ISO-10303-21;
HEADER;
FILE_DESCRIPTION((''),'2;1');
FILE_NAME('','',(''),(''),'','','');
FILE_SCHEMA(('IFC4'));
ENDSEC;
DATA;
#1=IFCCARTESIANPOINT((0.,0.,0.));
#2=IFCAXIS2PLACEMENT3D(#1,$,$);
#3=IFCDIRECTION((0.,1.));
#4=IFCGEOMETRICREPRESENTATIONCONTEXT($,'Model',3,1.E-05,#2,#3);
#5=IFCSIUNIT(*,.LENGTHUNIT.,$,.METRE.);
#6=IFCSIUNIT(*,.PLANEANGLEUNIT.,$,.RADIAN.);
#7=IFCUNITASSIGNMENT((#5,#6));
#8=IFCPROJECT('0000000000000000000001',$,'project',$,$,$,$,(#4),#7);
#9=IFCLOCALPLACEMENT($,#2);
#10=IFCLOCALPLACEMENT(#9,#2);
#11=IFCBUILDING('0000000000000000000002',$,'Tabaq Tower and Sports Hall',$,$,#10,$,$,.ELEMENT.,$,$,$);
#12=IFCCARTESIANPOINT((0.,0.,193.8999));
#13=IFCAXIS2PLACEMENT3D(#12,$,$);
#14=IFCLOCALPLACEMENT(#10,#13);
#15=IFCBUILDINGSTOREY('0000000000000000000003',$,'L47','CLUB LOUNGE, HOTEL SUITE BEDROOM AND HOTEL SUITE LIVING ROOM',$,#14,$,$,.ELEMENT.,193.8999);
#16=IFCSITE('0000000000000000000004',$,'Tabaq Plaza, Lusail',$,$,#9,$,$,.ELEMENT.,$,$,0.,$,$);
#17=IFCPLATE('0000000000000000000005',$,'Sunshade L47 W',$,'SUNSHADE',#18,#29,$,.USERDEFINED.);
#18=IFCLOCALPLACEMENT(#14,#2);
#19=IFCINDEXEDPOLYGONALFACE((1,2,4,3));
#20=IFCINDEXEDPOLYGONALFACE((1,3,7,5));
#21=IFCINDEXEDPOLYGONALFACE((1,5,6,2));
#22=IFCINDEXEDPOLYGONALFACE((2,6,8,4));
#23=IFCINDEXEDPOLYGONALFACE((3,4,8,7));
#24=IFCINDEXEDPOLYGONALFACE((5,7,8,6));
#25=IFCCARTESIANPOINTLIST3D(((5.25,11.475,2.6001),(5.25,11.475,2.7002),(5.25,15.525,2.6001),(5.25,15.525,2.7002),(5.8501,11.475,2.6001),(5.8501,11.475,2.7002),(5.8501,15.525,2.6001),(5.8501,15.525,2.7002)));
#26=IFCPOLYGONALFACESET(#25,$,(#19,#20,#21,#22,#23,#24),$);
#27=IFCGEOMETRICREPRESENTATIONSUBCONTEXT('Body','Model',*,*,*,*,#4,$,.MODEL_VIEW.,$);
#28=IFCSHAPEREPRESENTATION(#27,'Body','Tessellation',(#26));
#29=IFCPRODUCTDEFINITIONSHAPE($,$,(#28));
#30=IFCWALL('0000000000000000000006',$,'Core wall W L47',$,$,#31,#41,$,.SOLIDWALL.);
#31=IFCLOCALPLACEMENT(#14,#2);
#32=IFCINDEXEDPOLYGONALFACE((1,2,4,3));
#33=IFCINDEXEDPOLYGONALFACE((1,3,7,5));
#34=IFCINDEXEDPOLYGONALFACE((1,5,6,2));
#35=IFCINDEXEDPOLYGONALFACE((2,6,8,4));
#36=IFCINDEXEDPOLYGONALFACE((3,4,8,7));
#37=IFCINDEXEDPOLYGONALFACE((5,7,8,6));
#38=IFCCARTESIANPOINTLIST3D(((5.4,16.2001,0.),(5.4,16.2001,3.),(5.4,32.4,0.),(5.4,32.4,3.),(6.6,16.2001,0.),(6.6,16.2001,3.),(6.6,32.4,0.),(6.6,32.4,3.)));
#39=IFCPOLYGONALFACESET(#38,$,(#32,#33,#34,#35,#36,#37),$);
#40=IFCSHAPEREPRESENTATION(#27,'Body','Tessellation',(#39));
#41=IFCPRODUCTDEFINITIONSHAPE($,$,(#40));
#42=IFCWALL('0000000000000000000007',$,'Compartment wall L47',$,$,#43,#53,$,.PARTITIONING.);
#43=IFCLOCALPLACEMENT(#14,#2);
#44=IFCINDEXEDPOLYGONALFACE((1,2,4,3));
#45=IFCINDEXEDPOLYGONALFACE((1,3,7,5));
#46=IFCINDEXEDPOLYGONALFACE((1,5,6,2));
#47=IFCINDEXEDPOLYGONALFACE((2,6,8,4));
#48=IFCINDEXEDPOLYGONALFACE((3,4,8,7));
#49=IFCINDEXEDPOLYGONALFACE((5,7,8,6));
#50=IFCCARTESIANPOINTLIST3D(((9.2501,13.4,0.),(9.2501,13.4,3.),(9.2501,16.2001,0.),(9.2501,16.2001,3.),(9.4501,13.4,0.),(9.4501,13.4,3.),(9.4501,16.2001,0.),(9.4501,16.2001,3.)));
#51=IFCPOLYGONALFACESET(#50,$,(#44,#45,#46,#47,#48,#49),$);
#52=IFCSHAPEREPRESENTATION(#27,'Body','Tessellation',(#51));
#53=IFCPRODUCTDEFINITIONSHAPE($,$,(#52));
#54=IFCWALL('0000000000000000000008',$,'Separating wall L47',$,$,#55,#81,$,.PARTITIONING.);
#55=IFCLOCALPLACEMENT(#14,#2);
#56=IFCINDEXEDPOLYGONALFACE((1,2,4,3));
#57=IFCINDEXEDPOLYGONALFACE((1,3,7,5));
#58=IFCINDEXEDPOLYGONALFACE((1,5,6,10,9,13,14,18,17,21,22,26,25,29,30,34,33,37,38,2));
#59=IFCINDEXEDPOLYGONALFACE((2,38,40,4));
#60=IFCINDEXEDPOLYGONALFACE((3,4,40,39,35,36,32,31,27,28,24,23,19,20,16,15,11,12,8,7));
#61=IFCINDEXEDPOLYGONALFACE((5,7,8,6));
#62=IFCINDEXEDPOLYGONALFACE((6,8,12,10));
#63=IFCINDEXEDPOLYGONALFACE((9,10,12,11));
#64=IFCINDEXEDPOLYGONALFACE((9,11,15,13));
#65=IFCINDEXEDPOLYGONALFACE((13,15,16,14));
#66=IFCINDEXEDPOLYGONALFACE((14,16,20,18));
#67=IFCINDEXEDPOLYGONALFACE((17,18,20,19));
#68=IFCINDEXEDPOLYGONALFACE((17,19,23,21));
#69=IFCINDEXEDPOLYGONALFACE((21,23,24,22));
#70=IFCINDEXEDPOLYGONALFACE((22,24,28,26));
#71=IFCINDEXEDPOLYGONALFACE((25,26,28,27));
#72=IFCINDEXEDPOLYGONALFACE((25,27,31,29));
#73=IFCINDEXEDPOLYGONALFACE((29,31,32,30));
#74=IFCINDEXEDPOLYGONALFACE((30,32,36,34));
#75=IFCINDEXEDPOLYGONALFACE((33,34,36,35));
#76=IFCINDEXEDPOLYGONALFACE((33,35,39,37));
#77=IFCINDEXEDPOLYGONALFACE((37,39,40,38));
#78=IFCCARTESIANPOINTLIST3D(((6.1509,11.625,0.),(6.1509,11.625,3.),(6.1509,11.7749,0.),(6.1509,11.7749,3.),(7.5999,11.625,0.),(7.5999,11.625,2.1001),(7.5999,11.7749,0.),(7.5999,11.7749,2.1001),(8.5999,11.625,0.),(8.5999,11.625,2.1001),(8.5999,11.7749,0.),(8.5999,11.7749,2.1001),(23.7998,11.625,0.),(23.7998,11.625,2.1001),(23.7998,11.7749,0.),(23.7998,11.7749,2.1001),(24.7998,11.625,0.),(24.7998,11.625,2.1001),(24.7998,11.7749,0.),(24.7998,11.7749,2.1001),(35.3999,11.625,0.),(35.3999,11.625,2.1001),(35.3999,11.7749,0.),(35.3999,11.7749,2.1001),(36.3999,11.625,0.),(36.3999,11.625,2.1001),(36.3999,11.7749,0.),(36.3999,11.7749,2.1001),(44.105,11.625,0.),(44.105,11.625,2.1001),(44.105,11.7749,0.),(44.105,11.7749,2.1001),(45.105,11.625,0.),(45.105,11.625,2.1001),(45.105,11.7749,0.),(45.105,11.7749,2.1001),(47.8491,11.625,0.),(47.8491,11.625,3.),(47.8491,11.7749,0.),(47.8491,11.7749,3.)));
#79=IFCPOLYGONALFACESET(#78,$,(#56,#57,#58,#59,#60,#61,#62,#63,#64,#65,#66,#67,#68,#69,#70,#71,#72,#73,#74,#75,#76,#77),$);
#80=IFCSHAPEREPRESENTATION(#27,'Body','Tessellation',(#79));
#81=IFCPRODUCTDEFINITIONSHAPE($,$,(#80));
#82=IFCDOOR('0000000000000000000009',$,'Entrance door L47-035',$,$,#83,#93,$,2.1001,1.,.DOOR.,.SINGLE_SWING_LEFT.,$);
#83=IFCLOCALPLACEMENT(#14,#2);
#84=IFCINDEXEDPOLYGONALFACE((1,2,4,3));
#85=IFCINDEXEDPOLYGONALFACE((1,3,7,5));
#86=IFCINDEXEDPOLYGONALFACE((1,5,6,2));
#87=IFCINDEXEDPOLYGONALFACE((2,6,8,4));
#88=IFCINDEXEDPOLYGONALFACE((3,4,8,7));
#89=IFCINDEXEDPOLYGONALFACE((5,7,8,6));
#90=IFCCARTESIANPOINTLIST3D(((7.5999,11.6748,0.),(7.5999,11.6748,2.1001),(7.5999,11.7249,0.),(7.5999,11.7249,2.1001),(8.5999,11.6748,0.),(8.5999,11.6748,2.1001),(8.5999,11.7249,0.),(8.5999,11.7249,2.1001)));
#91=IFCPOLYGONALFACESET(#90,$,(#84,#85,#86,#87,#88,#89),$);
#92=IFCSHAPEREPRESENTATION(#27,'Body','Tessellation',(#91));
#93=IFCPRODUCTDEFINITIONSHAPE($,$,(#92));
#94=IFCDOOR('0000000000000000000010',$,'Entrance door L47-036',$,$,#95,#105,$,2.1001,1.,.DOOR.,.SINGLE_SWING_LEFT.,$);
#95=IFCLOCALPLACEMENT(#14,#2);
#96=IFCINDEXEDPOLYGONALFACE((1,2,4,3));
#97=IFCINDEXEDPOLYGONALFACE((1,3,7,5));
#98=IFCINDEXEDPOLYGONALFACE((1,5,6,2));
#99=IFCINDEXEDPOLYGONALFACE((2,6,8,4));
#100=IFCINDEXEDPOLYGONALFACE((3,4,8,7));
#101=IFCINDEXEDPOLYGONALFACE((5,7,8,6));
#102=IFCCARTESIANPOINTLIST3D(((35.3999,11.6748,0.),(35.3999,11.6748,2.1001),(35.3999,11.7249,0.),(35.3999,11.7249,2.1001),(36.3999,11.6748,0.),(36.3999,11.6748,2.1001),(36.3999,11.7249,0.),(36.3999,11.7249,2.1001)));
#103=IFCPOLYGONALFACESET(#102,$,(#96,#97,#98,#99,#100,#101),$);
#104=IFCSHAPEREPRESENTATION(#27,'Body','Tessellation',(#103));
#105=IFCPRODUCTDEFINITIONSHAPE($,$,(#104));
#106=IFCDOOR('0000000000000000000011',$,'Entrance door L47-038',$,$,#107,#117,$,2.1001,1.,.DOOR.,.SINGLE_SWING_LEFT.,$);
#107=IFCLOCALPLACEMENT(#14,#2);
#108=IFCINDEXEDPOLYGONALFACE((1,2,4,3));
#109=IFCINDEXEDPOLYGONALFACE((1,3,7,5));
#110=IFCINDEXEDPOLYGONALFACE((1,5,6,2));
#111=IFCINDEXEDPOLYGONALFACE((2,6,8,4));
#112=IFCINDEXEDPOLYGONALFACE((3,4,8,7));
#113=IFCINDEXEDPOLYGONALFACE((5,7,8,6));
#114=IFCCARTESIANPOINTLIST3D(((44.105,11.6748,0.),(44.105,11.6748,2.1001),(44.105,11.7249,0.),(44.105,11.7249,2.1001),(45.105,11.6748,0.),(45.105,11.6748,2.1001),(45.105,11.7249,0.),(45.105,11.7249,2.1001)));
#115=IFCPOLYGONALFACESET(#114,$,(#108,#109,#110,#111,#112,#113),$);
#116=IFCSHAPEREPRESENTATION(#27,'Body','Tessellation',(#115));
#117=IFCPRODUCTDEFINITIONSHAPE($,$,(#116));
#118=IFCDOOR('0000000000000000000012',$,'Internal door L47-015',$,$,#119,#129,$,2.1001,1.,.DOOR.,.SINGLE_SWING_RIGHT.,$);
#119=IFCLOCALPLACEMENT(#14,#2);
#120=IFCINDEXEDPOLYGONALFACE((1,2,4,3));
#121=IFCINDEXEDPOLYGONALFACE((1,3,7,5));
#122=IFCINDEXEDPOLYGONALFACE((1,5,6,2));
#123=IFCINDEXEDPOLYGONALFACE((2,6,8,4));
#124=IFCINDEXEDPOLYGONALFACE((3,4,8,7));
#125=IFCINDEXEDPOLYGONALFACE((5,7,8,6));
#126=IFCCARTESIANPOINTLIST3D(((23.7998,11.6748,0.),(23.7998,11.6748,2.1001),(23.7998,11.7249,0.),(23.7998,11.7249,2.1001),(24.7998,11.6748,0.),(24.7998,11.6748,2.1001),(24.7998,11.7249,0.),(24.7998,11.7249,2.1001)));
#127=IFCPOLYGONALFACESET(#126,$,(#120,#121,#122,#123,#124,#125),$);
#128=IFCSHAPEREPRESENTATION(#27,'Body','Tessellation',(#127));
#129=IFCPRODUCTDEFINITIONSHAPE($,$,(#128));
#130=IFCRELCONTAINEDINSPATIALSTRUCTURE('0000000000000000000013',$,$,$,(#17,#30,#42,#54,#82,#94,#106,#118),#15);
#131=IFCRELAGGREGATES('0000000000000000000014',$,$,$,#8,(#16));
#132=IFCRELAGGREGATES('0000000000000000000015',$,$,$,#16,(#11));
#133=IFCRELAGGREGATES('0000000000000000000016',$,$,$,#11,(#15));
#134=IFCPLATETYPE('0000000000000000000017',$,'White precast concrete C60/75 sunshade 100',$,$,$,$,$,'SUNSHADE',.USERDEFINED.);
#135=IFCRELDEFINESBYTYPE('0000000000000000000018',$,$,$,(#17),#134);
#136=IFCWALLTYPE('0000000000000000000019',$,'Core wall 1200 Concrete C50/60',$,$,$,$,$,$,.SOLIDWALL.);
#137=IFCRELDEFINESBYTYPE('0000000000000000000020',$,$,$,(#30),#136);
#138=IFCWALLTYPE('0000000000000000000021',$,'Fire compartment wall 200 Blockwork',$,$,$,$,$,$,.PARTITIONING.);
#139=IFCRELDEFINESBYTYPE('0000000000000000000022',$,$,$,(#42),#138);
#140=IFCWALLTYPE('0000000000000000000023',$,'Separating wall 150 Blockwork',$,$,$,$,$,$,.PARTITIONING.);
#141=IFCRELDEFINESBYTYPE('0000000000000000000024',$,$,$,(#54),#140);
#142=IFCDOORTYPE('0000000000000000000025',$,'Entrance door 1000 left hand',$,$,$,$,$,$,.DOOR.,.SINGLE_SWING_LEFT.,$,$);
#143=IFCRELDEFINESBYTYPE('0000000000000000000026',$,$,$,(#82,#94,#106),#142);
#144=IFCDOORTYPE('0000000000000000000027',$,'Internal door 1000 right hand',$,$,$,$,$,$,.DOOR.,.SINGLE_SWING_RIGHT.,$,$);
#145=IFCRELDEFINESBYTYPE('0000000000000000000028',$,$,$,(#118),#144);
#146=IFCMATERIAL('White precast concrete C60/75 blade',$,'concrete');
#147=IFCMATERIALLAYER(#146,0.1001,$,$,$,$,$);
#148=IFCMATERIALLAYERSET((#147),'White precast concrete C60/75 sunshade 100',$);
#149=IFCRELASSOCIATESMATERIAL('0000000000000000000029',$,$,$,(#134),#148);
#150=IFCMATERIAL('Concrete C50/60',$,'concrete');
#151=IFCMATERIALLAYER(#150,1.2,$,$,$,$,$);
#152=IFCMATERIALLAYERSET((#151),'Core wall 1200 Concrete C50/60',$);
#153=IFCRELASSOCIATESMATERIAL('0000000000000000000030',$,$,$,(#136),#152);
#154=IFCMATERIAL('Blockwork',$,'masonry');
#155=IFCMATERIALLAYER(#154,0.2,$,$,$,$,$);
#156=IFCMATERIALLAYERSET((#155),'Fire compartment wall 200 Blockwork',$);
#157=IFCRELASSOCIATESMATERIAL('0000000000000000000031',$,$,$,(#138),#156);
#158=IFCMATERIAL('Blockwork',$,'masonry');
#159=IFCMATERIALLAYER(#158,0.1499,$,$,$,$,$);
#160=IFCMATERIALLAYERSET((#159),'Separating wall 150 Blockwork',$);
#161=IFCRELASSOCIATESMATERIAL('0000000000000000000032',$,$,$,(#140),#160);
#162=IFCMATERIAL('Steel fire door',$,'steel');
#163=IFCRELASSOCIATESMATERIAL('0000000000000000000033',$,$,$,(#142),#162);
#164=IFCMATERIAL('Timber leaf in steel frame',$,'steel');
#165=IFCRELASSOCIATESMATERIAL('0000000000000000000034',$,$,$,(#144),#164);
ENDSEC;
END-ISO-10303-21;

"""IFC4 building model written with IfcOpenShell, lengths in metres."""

from ifc_helpers import new_model, si_unit, direction, frame, frame_2d, origin, origin_2d, place, context, subcontext, project, spatial, rectangle, extrude, material, layer, layer_set, type_object, element, fill, save


model = new_model("IFC4")

# Units and contexts
model_context = context("Model", 3, precision=1e-05, world=origin(), true_north=direction((0.0, 1.0)))
body_context = subcontext(model_context, "Body", "Model", "MODEL_VIEW")
ifc_project = project(units=[si_unit("LENGTHUNIT", "METRE"), si_unit("PLANEANGLEUNIT", "RADIAN")], contexts=[model_context])

# Site, building, storey
site_placement = place(None, origin())
site = spatial("IfcSite", under=ifc_project, at=site_placement, Name="Tabaq Plaza, Lusail", CompositionType="ELEMENT", RefElevation=0.0)
building_placement = place(site_placement, origin())
building = spatial("IfcBuilding", under=site, at=building_placement, Name="Tabaq Tower and Sports Hall", CompositionType="ELEMENT")
storey_placement = place(building_placement, frame((0.0, 0.0, 193.8999)))
storey = spatial("IfcBuildingStorey", under=building, at=storey_placement, Name="L47", Description="CLUB LOUNGE, HOTEL SUITE BEDROOM AND HOTEL SUITE LIVING ROOM", CompositionType="ELEMENT", Elevation=193.8999)

# Plate
ifc_material_1 = material(Name="White precast concrete C60/75 blade", Category="concrete")
ifc_layer_1 = layer(ifc_material_1, 0.1001)
ifc_layer_set_1 = layer_set([ifc_layer_1], Name="White precast concrete C60/75 sunshade 100")
plate_type = type_object("IfcPlateType", Name="White precast concrete C60/75 sunshade 100", ElementType="SUNSHADE", PredefinedType="USERDEFINED", material=ifc_layer_set_1)
plate_placement = place(storey_placement, frame((5.55, 13.5, 2.6001), z_axis=(0.0, 0.0, 1.0), x_axis=(0.0, -1.0, 0.0)))
element("IfcPlate", 1, at=plate_placement, inside=storey, type_object=plate_type, Name="Sunshade L47 W", ObjectType="SUNSHADE", PredefinedType="USERDEFINED", context=body_context, shape_type="SweptSolid", body=[
    extrude(rectangle(XDim=4.05, YDim=0.6001, at=origin_2d()), origin(), (0.0, 0.0, 1.0), 0.1001),
])

# Walls
ifc_material_2 = material(Name="Concrete C50/60", Category="concrete")
ifc_layer_2 = layer(ifc_material_2, 1.2)
ifc_layer_set_2 = layer_set([ifc_layer_2], Name="Core wall 1200 Concrete C50/60")
wall_type_1 = type_object("IfcWallType", Name="Core wall 1200 Concrete C50/60", PredefinedType="SOLIDWALL", material=ifc_layer_set_2)
wall_1_placement = place(storey_placement, frame((6.0, 16.2, 0.0), z_axis=(0.0, 0.0, 1.0), x_axis=(0.0, 1.0, 0.0)))
element("IfcWall", 2, at=wall_1_placement, inside=storey, type_object=wall_type_1, Name="Core wall W L47", PredefinedType="SOLIDWALL", context=body_context, shape_type="SweptSolid", body=[
    extrude(rectangle(XDim=16.2, YDim=1.2, at=frame_2d((8.1001, 0.0))), origin(), (0.0, 0.0, 1.0), 3.0),
])
ifc_material_3 = material(Name="Blockwork", Category="masonry")
ifc_layer_3 = layer(ifc_material_3, 0.2)
ifc_layer_set_3 = layer_set([ifc_layer_3], Name="Fire compartment wall 200 Blockwork")
wall_type_2 = type_object("IfcWallType", Name="Fire compartment wall 200 Blockwork", PredefinedType="PARTITIONING", material=ifc_layer_set_3)
wall_2_placement = place(storey_placement, frame((9.3501, 16.2, 0.0), z_axis=(0.0, 0.0, 1.0), x_axis=(0.0, -1.0, 0.0)))
element("IfcWall", 3, at=wall_2_placement, inside=storey, type_object=wall_type_2, Name="Compartment wall L47", PredefinedType="PARTITIONING", context=body_context, shape_type="SweptSolid", body=[
    extrude(rectangle(XDim=2.8, YDim=0.2, at=frame_2d((1.3999, 0.0))), origin(), (0.0, 0.0, 1.0), 3.0),
])

# Wall, openings, doors
ifc_material_4 = material(Name="Blockwork", Category="masonry")
ifc_layer_4 = layer(ifc_material_4, 0.1499)
ifc_layer_set_4 = layer_set([ifc_layer_4], Name="Separating wall 150 Blockwork")
wall_type_3 = type_object("IfcWallType", Name="Separating wall 150 Blockwork", PredefinedType="PARTITIONING", material=ifc_layer_set_4)
wall_3_placement = place(storey_placement, frame((6.1509, 11.7, 0.0), z_axis=(0.0, 0.0, 1.0), x_axis=(1.0, 0.0, 0.0)))
wall_3 = element("IfcWall", 4, at=wall_3_placement, inside=storey, type_object=wall_type_3, Name="Separating wall L47", PredefinedType="PARTITIONING", context=body_context, shape_type="SweptSolid", body=[
    extrude(rectangle(XDim=41.6982, YDim=0.1499, at=frame_2d((20.8491, 0.0))), origin(), (0.0, 0.0, 1.0), 3.0),
])
opening_1_placement = place(wall_3_placement, frame((17.6489, 0.0, 0.0)))
opening_1 = element("IfcOpeningElement", 5, at=opening_1_placement, cuts=wall_3, PredefinedType="OPENING", context=body_context, shape_type="SweptSolid", body=[
    extrude(rectangle(XDim=1.0, YDim=2.1001, at=frame_2d((0.5, 1.05))), frame((0.0, 0.075, 0.0), z_axis=(0.0, -1.0, 0.0), x_axis=(1.0, 0.0, 0.0)), (0.0, 0.0, 1.0), 0.1499),
])
opening_2_placement = place(wall_3_placement, frame((1.449, 0.0, 0.0)))
opening_2 = element("IfcOpeningElement", 6, at=opening_2_placement, cuts=wall_3, PredefinedType="OPENING", context=body_context, shape_type="SweptSolid", body=[
    extrude(rectangle(XDim=1.0, YDim=2.1001, at=frame_2d((0.5, 1.05))), frame((0.0, 0.075, 0.0), z_axis=(0.0, -1.0, 0.0), x_axis=(1.0, 0.0, 0.0)), (0.0, 0.0, 1.0), 0.1499),
])
opening_3_placement = place(wall_3_placement, frame((29.249, 0.0, 0.0)))
opening_3 = element("IfcOpeningElement", 7, at=opening_3_placement, cuts=wall_3, PredefinedType="OPENING", context=body_context, shape_type="SweptSolid", body=[
    extrude(rectangle(XDim=1.0, YDim=2.1001, at=frame_2d((0.5, 1.05))), frame((0.0, 0.075, 0.0), z_axis=(0.0, -1.0, 0.0), x_axis=(1.0, 0.0, 0.0)), (0.0, 0.0, 1.0), 0.1499),
])
opening_4_placement = place(wall_3_placement, frame((37.9541, 0.0, 0.0)))
opening_4 = element("IfcOpeningElement", 8, at=opening_4_placement, cuts=wall_3, PredefinedType="OPENING", context=body_context, shape_type="SweptSolid", body=[
    extrude(rectangle(XDim=1.0, YDim=2.1001, at=frame_2d((0.5, 1.05))), frame((0.0, 0.075, 0.0), z_axis=(0.0, -1.0, 0.0), x_axis=(1.0, 0.0, 0.0)), (0.0, 0.0, 1.0), 0.1499),
])
ifc_material_5 = material(Name="Steel fire door", Category="steel")
door_type_1 = type_object("IfcDoorType", Name="Entrance door 1000 left hand", OperationType="SINGLE_SWING_LEFT", PredefinedType="DOOR", material=ifc_material_5)
door_1_placement = place(opening_2_placement, origin())
door_1 = element("IfcDoor", 9, at=door_1_placement, inside=storey, type_object=door_type_1, Name="Entrance door L47-035", OperationType="SINGLE_SWING_LEFT", OverallHeight=2.1001, OverallWidth=1.0, PredefinedType="DOOR", context=body_context, shape_type="SweptSolid", body=[
    extrude(rectangle(XDim=1.0, YDim=2.1001, at=frame_2d((0.5, 1.05))), frame((0.0, 0.0249, 0.0), z_axis=(0.0, -1.0, 0.0), x_axis=(1.0, 0.0, 0.0)), (0.0, 0.0, 1.0), 0.05),
])
fill(opening_2, door_1)
door_2_placement = place(opening_3_placement, origin())
door_2 = element("IfcDoor", 10, at=door_2_placement, inside=storey, type_object=door_type_1, Name="Entrance door L47-036", OperationType="SINGLE_SWING_LEFT", OverallHeight=2.1001, OverallWidth=1.0, PredefinedType="DOOR", context=body_context, shape_type="SweptSolid", body=[
    extrude(rectangle(XDim=1.0, YDim=2.1001, at=frame_2d((0.5, 1.05))), frame((0.0, 0.0249, 0.0), z_axis=(0.0, -1.0, 0.0), x_axis=(1.0, 0.0, 0.0)), (0.0, 0.0, 1.0), 0.05),
])
fill(opening_3, door_2)
door_3_placement = place(opening_4_placement, origin())
door_3 = element("IfcDoor", 11, at=door_3_placement, inside=storey, type_object=door_type_1, Name="Entrance door L47-038", OperationType="SINGLE_SWING_LEFT", OverallHeight=2.1001, OverallWidth=1.0, PredefinedType="DOOR", context=body_context, shape_type="SweptSolid", body=[
    extrude(rectangle(XDim=1.0, YDim=2.1001, at=frame_2d((0.5, 1.05))), frame((0.0, 0.0249, 0.0), z_axis=(0.0, -1.0, 0.0), x_axis=(1.0, 0.0, 0.0)), (0.0, 0.0, 1.0), 0.05),
])
fill(opening_4, door_3)
ifc_material_6 = material(Name="Timber leaf in steel frame", Category="steel")
door_type_2 = type_object("IfcDoorType", Name="Internal door 1000 right hand", OperationType="SINGLE_SWING_RIGHT", PredefinedType="DOOR", material=ifc_material_6)
door_4_placement = place(opening_1_placement, origin())
door_4 = element("IfcDoor", 12, at=door_4_placement, inside=storey, type_object=door_type_2, Name="Internal door L47-015", OperationType="SINGLE_SWING_RIGHT", OverallHeight=2.1001, OverallWidth=1.0, PredefinedType="DOOR", context=body_context, shape_type="SweptSolid", body=[
    extrude(rectangle(XDim=1.0, YDim=2.1001, at=frame_2d((0.5, 1.05))), frame((0.0, 0.0249, 0.0), z_axis=(0.0, -1.0, 0.0), x_axis=(1.0, 0.0, 0.0)), (0.0, 0.0, 1.0), 0.05),
])
fill(opening_1, door_4)

save(model, "model.ifc")
